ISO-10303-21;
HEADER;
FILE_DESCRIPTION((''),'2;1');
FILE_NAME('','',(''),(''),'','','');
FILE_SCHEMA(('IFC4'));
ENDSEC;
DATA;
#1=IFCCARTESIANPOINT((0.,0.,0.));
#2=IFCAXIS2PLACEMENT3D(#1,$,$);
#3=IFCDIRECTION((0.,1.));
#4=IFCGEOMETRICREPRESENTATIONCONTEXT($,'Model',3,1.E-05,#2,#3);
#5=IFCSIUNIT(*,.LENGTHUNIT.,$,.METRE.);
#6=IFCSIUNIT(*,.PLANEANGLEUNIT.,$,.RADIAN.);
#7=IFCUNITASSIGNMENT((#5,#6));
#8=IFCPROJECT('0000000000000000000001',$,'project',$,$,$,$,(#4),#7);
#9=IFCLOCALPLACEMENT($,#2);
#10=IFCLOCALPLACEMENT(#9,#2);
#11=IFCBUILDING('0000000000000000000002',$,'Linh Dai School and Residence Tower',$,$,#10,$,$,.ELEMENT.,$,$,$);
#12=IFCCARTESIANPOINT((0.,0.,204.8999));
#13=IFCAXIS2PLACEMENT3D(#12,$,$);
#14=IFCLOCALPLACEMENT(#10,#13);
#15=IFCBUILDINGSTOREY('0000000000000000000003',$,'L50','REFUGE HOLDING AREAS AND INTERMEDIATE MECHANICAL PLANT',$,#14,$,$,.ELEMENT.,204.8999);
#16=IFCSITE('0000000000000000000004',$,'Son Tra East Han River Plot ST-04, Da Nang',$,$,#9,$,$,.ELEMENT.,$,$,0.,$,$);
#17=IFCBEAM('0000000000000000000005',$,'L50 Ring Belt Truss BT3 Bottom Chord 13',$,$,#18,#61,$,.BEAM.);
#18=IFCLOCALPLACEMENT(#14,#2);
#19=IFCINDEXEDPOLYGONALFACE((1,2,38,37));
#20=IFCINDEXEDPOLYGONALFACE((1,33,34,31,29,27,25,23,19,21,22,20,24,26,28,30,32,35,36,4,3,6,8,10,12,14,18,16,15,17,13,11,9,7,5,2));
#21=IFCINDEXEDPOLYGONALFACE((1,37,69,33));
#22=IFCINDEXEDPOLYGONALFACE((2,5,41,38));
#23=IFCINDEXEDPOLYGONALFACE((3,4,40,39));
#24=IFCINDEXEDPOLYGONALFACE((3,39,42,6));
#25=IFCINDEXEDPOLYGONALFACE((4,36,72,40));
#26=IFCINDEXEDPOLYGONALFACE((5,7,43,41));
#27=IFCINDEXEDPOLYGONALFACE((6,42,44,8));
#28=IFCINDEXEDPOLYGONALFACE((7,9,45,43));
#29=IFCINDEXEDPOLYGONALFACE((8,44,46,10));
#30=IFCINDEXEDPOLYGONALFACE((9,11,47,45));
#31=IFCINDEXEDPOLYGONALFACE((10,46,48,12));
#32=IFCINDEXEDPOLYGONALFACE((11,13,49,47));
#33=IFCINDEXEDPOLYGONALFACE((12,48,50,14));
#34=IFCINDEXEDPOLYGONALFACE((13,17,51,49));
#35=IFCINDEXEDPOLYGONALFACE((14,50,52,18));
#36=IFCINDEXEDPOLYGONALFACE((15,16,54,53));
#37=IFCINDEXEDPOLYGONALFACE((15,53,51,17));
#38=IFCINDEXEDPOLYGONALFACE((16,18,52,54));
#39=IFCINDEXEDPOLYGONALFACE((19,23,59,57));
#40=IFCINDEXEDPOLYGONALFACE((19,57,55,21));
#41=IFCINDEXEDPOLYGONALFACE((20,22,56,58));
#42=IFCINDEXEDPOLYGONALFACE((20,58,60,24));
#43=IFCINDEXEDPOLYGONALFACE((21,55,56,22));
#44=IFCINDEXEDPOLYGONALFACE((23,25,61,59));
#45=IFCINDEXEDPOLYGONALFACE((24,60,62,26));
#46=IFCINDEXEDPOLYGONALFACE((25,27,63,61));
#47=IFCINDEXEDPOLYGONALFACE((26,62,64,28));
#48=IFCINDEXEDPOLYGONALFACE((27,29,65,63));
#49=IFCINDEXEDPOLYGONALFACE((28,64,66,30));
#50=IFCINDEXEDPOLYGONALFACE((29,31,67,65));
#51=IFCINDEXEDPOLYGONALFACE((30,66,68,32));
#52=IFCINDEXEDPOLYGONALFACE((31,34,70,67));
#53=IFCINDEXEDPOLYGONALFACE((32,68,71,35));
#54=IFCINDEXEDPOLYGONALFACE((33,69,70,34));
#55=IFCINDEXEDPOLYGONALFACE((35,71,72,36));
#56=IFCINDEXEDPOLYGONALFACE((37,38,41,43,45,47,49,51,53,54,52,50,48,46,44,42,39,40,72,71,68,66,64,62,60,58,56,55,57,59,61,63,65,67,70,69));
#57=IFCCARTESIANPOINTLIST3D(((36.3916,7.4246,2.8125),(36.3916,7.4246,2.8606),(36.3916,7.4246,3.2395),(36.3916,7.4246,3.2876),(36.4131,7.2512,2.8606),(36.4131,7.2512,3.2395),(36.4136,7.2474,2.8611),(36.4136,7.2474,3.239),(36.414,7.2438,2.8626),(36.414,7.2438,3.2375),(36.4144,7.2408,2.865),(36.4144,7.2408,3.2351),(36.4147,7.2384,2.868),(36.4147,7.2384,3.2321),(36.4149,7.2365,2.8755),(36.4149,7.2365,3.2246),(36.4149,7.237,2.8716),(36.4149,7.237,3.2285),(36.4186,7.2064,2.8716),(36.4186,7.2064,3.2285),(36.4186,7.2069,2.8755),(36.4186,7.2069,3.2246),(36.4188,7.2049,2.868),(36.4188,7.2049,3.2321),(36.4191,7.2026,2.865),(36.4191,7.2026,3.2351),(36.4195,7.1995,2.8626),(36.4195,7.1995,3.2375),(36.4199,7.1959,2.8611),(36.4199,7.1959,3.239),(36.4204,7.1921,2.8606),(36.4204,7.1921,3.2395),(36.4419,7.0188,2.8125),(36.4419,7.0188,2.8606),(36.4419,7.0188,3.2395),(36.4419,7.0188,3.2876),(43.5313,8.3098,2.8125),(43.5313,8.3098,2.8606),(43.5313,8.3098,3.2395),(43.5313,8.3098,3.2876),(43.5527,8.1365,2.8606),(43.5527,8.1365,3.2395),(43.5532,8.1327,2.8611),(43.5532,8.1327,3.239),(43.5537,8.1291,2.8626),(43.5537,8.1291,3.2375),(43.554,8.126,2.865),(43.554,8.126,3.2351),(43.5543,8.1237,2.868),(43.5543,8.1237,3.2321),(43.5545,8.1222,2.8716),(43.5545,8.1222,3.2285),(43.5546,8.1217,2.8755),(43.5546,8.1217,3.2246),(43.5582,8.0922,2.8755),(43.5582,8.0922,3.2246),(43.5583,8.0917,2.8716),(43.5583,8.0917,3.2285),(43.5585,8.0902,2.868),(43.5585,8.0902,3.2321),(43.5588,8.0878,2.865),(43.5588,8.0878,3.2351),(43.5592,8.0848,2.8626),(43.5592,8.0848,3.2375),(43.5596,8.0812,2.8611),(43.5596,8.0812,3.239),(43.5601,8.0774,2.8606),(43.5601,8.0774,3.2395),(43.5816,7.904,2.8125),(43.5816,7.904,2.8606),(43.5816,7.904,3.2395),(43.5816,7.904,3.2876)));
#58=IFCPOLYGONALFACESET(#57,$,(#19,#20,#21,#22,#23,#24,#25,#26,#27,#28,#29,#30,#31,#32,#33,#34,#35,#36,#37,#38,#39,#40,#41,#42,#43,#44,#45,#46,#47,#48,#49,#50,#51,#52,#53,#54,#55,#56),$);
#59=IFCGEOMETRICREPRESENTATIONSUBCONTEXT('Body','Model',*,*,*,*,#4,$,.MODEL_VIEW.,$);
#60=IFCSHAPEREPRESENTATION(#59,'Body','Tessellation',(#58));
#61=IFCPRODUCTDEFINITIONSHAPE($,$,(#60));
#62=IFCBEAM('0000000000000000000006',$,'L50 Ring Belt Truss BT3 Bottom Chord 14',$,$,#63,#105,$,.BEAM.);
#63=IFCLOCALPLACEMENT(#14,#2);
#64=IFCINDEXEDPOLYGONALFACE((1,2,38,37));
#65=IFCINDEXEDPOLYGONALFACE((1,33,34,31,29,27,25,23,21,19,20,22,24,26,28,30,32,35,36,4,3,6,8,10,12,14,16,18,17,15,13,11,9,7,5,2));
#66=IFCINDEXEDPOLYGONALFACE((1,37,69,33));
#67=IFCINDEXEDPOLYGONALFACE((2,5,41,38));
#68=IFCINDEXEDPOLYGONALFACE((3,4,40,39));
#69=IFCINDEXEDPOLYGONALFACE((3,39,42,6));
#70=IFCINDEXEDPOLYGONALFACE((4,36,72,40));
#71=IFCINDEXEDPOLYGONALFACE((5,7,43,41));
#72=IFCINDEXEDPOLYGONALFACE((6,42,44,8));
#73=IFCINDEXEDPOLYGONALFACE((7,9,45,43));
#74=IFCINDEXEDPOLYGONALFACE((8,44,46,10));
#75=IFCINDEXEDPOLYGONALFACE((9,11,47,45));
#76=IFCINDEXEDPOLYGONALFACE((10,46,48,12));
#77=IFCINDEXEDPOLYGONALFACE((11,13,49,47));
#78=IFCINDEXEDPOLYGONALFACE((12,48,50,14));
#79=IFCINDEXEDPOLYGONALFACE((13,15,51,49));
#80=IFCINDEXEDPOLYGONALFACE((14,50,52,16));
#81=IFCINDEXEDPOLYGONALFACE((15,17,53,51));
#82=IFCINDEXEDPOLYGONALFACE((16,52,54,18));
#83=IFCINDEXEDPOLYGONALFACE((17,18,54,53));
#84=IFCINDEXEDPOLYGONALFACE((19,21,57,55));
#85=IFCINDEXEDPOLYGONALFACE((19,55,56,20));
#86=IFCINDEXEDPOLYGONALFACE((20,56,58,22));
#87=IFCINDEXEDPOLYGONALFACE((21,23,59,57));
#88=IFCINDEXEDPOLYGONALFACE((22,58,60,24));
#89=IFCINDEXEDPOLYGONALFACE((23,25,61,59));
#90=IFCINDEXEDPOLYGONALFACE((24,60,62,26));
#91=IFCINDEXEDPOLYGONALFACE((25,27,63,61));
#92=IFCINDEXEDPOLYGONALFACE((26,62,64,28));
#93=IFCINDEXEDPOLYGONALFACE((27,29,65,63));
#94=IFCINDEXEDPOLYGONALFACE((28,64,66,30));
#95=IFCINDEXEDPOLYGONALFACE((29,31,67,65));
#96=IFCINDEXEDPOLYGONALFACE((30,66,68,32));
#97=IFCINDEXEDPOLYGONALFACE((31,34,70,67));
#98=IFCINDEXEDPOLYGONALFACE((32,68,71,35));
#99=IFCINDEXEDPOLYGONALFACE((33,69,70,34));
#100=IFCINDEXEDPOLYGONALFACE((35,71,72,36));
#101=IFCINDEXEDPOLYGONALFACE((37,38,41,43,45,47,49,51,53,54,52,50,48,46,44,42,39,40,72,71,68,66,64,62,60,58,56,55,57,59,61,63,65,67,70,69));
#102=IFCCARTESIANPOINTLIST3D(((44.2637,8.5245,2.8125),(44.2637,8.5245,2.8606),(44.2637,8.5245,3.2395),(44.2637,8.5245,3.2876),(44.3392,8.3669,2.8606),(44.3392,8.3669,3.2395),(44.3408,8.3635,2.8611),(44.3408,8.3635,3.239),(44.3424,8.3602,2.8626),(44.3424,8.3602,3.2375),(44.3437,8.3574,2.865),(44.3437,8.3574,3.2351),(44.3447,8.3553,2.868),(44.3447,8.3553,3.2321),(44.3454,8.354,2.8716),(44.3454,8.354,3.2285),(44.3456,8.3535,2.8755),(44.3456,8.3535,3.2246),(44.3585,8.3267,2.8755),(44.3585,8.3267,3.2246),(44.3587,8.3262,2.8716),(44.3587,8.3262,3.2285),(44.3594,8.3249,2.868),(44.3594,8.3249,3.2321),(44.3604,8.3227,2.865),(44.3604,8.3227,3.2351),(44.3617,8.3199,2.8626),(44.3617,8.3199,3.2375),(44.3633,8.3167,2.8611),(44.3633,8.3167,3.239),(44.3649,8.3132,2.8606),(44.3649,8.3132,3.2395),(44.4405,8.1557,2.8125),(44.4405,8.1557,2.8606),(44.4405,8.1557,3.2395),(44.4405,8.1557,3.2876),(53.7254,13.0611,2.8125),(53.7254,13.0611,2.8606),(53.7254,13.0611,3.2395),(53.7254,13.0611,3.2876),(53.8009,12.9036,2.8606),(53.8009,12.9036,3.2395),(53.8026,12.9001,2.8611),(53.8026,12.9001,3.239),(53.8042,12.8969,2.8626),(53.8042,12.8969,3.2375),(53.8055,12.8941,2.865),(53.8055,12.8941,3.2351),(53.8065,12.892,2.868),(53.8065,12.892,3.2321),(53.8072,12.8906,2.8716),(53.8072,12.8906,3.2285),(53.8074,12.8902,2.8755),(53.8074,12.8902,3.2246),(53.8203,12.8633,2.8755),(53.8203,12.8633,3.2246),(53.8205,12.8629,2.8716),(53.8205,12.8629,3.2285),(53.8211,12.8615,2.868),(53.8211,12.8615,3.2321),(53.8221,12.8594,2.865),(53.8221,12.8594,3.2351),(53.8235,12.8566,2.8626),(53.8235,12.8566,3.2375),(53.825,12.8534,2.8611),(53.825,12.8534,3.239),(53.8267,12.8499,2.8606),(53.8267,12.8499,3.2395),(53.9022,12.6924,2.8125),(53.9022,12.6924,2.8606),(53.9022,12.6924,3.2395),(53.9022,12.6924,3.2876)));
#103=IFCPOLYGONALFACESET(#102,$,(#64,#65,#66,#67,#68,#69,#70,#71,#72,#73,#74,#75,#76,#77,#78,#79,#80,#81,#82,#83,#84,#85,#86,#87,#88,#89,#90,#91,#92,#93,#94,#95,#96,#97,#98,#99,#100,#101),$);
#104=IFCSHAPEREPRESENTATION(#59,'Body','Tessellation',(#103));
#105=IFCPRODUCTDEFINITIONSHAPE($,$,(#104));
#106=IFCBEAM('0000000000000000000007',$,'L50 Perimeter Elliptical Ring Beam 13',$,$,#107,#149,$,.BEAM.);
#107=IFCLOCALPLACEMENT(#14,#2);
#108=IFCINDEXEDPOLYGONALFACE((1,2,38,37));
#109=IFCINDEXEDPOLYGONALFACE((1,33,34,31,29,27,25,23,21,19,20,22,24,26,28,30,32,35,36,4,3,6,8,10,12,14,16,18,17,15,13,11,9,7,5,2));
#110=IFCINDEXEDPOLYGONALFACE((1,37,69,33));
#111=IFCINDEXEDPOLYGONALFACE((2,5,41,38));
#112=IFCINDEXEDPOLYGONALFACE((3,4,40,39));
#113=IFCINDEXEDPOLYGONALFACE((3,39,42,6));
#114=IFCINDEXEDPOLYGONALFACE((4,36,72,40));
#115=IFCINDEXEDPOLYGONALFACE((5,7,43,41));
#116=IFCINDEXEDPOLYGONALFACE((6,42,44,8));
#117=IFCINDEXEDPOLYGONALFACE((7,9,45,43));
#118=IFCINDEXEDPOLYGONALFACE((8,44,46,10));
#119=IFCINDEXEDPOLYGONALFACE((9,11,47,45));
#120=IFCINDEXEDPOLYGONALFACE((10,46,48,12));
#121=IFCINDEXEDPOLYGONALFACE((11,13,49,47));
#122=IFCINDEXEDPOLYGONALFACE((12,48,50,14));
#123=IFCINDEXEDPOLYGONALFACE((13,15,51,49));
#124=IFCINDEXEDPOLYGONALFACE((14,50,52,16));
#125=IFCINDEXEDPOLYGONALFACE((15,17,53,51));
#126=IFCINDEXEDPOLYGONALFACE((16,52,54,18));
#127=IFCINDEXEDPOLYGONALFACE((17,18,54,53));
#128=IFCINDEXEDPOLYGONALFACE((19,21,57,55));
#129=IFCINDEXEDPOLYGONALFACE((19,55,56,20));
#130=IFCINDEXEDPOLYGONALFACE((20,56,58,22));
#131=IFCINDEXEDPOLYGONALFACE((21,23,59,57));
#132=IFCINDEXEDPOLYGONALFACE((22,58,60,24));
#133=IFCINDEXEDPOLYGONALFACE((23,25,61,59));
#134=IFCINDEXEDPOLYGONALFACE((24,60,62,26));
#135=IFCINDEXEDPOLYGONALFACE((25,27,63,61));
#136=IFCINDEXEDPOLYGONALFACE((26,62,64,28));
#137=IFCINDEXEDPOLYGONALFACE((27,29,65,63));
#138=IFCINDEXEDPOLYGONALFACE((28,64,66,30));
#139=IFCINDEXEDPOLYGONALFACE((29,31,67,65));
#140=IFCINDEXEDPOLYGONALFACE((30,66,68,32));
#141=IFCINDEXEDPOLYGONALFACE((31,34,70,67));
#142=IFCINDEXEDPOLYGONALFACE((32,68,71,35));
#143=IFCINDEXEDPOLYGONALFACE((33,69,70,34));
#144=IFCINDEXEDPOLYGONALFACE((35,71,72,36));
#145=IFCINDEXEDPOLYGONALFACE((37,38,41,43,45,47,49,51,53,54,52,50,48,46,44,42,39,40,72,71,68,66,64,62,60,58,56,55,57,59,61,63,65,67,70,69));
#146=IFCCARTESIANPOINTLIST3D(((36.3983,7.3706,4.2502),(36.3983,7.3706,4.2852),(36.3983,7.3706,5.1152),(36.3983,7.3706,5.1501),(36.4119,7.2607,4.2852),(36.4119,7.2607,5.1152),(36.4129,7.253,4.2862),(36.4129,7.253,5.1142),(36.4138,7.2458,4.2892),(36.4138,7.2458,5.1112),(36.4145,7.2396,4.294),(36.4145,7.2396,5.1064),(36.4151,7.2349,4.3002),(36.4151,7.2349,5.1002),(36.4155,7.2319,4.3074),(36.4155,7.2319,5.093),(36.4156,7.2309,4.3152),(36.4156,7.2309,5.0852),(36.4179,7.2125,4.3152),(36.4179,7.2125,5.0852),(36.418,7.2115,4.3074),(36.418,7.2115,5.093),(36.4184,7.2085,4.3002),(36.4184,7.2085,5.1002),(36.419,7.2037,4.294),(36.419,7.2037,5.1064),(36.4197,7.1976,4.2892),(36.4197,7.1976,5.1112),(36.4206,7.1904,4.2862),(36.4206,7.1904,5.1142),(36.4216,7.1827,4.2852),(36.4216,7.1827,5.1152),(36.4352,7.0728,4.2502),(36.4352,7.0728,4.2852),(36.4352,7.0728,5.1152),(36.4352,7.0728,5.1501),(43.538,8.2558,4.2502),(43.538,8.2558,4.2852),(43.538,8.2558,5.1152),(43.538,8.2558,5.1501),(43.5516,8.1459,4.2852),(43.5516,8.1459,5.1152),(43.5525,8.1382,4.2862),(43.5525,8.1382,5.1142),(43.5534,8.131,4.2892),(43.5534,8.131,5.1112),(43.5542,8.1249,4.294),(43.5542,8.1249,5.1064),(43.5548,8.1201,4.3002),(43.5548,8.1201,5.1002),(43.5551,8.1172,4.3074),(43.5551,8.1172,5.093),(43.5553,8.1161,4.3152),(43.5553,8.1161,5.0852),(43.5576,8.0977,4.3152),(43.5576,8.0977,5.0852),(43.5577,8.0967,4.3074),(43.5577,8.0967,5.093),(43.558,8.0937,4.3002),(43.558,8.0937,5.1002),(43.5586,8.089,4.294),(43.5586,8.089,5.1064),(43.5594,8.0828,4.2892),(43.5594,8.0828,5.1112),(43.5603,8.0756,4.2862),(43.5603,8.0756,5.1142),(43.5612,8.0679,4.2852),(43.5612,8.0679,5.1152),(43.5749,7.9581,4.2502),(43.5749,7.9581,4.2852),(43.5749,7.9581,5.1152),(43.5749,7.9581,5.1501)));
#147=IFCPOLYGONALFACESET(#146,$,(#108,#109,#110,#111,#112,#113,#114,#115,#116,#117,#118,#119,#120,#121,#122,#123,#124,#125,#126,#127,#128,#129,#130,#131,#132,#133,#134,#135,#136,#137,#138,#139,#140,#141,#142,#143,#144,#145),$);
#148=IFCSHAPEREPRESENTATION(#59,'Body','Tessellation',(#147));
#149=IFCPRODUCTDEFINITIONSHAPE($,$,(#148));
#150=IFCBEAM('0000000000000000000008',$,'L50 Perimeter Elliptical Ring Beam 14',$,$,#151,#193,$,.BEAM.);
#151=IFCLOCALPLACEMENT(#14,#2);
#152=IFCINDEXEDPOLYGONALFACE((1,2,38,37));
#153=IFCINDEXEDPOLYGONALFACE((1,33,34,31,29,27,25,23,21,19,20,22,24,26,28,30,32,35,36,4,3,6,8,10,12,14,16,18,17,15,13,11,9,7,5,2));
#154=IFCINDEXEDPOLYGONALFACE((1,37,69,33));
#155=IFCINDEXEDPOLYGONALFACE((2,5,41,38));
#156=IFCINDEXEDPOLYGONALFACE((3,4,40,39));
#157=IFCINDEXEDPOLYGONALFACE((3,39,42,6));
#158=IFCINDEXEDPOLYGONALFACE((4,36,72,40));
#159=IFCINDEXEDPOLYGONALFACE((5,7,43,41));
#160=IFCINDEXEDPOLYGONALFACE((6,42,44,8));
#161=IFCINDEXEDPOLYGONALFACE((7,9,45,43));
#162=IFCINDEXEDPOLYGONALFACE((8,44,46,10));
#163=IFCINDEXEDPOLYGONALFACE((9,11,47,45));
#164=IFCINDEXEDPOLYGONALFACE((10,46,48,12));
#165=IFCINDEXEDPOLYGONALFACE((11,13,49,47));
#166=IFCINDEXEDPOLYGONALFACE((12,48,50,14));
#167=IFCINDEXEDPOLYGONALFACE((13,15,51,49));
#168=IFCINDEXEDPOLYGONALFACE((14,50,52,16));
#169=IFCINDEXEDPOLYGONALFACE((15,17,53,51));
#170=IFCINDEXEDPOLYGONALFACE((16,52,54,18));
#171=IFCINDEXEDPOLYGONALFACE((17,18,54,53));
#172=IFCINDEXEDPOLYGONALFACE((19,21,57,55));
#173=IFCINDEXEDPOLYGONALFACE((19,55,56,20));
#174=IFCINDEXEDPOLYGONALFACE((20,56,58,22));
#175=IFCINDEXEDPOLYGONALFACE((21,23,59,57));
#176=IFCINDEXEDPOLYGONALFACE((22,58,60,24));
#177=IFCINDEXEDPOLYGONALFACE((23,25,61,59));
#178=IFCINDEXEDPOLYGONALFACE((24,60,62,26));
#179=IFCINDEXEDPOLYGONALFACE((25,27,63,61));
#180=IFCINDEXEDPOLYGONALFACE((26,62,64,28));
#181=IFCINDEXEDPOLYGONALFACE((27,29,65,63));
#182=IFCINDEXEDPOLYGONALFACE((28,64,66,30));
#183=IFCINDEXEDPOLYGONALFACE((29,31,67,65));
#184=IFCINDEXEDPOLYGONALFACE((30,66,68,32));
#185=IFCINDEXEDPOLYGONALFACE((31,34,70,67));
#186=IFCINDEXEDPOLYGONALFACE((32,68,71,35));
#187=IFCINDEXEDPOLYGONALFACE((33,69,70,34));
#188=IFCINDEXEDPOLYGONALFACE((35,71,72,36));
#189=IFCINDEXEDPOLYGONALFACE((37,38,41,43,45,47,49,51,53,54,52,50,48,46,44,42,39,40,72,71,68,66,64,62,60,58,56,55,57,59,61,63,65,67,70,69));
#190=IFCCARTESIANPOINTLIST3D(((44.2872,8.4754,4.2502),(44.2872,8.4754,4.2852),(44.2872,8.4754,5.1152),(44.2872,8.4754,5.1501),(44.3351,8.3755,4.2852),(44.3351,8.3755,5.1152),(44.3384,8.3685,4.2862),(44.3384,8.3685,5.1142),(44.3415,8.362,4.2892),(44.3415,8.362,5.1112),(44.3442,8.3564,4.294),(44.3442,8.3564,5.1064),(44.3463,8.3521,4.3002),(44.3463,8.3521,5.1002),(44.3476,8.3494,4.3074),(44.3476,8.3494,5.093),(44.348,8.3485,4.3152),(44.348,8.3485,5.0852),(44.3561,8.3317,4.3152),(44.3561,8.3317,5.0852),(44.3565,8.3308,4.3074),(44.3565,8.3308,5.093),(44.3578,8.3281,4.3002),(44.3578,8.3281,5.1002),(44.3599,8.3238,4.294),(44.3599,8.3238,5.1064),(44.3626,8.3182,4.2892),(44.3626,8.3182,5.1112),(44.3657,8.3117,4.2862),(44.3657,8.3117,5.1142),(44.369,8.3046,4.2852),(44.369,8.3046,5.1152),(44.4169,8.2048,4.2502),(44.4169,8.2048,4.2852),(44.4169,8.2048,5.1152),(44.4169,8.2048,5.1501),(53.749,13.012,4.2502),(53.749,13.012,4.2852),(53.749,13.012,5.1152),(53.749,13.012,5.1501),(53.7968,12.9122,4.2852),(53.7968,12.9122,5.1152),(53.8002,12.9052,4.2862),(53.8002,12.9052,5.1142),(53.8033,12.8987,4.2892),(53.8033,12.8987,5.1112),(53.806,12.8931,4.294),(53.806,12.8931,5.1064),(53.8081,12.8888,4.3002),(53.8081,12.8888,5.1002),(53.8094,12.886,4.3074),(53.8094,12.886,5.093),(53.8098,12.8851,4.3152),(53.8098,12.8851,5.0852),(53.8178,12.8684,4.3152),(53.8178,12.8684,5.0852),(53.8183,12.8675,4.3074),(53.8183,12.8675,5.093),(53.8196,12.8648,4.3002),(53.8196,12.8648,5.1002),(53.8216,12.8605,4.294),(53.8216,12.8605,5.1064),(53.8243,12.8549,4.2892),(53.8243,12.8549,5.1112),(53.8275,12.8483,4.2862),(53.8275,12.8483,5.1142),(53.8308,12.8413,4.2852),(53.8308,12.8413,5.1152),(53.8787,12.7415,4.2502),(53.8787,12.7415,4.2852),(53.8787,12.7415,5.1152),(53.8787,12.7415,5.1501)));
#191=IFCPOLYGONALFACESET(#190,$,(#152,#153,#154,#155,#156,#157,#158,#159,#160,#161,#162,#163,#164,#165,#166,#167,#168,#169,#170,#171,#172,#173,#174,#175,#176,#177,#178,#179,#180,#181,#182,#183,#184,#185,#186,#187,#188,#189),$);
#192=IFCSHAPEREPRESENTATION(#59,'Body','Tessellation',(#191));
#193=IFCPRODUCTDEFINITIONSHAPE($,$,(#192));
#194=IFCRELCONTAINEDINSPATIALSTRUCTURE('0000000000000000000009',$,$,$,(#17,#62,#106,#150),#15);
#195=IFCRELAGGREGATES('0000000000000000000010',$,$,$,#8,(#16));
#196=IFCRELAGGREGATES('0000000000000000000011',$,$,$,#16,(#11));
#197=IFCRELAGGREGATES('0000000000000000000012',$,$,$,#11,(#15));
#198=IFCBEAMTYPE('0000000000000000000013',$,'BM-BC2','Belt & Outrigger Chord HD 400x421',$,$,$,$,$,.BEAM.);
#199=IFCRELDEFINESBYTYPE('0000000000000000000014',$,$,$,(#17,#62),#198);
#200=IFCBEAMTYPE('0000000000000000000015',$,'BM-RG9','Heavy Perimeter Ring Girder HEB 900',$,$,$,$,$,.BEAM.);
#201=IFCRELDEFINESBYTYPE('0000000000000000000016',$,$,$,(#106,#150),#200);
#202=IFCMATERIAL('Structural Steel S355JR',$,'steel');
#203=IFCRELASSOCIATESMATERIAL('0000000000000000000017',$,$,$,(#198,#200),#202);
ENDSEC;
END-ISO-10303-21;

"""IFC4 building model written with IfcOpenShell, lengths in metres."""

from ifc_helpers import new_model, si_unit, direction, frame, origin, origin_2d, place, context, subcontext, project, spatial, i_section, extrude, material, material_profile, profile_set, type_object, element, save


model = new_model("IFC4")

# Units and contexts
model_context = context("Model", 3, precision=1e-05, world=origin(), true_north=direction((0.0, 1.0)))
body_context = subcontext(model_context, "Body", "Model", "MODEL_VIEW")
ifc_project = project(units=[si_unit("LENGTHUNIT", "METRE"), si_unit("PLANEANGLEUNIT", "RADIAN")], contexts=[model_context])

# Site, building, storey
site_placement = place(None, origin())
site = spatial("IfcSite", under=ifc_project, at=site_placement, Name="Son Tra East Han River Plot ST-04, Da Nang", CompositionType="ELEMENT", RefElevation=0.0)
building_placement = place(site_placement, origin())
building = spatial("IfcBuilding", under=site, at=building_placement, Name="Linh Dai School and Residence Tower", CompositionType="ELEMENT")
storey_placement = place(building_placement, frame((0.0, 0.0, 204.8999)))
storey = spatial("IfcBuildingStorey", under=building, at=storey_placement, Name="L50", Description="REFUGE HOLDING AREAS AND INTERMEDIATE MECHANICAL PLANT", CompositionType="ELEMENT", Elevation=204.8999)

# Shared definitions
ifc_material_1 = material(Name="Structural Steel S355JR", Category="steel")

# Beams
ifc_material_profile_1 = material_profile(ifc_material_1, i_section(OverallWidth=0.4089, OverallDepth=0.4751, WebThickness=0.0298, FlangeThickness=0.0481, FilletRadius=0.0149, at=origin_2d()), Name="HD 400x421")
ifc_profile_set_1 = profile_set([ifc_material_profile_1], Name="Structural Steel S355JR")
beam_type_1 = type_object("IfcBeamType", Name="BM-BC2", Description="Belt & Outrigger Chord HD 400x421", PredefinedType="BEAM", material=ifc_profile_set_1)
beam_1_placement = place(storey_placement, frame((36.4167, 7.2217, 3.05), z_axis=(0.992401, 0.123049, 0.0), x_axis=(-0.123049, 0.992401, 0.0)))
element("IfcBeam", 1, at=beam_1_placement, inside=storey, type_object=beam_type_1, Name="L50 Ring Belt Truss BT3 Bottom Chord 13", PredefinedType="BEAM", context=body_context, shape_type="SweptSolid", body=[
    extrude(i_section(OverallWidth=0.4089, OverallDepth=0.4751, WebThickness=0.0298, FlangeThickness=0.0481, FilletRadius=0.0149, at=origin_2d()), origin(), (0.0, 0.0, 1.0), 7.1943),
])
beam_2_placement = place(storey_placement, frame((44.3521, 8.3401, 3.05), z_axis=(0.901708, 0.432345, 0.0), x_axis=(-0.432345, 0.901708, 0.0)))
element("IfcBeam", 2, at=beam_2_placement, inside=storey, type_object=beam_type_1, Name="L50 Ring Belt Truss BT3 Bottom Chord 14", PredefinedType="BEAM", context=body_context, shape_type="SweptSolid", body=[
    extrude(i_section(OverallWidth=0.4089, OverallDepth=0.4751, WebThickness=0.0298, FlangeThickness=0.0481, FilletRadius=0.0149, at=origin_2d()), origin(), (0.0, 0.0, 1.0), 10.4932),
])
ifc_material_profile_2 = material_profile(ifc_material_1, i_section(OverallWidth=0.3, OverallDepth=0.8999, WebThickness=0.0186, FlangeThickness=0.0349, FilletRadius=0.03, at=origin_2d()), Name="HEB 900")
ifc_profile_set_2 = profile_set([ifc_material_profile_2], Name="Structural Steel S355JR")
beam_type_2 = type_object("IfcBeamType", Name="BM-RG9", Description="Heavy Perimeter Ring Girder HEB 900", PredefinedType="BEAM", material=ifc_profile_set_2)
beam_3_placement = place(storey_placement, frame((36.4167, 7.2217, 4.7002), z_axis=(0.992401, 0.123049, 0.0), x_axis=(-0.123049, 0.992401, 0.0)))
element("IfcBeam", 3, at=beam_3_placement, inside=storey, type_object=beam_type_2, Name="L50 Perimeter Elliptical Ring Beam 13", PredefinedType="BEAM", context=body_context, shape_type="SweptSolid", body=[
    extrude(i_section(OverallWidth=0.3, OverallDepth=0.8999, WebThickness=0.0186, FlangeThickness=0.0349, FilletRadius=0.03, at=origin_2d()), origin(), (0.0, 0.0, 1.0), 7.1943),
])
beam_4_placement = place(storey_placement, frame((44.3521, 8.3401, 4.7002), z_axis=(0.901708, 0.432345, 0.0), x_axis=(-0.432345, 0.901708, 0.0)))
element("IfcBeam", 4, at=beam_4_placement, inside=storey, type_object=beam_type_2, Name="L50 Perimeter Elliptical Ring Beam 14", PredefinedType="BEAM", context=body_context, shape_type="SweptSolid", body=[
    extrude(i_section(OverallWidth=0.3, OverallDepth=0.8999, WebThickness=0.0186, FlangeThickness=0.0349, FilletRadius=0.03, at=origin_2d()), origin(), (0.0, 0.0, 1.0), 10.4932),
])

save(model, "model.ifc")
